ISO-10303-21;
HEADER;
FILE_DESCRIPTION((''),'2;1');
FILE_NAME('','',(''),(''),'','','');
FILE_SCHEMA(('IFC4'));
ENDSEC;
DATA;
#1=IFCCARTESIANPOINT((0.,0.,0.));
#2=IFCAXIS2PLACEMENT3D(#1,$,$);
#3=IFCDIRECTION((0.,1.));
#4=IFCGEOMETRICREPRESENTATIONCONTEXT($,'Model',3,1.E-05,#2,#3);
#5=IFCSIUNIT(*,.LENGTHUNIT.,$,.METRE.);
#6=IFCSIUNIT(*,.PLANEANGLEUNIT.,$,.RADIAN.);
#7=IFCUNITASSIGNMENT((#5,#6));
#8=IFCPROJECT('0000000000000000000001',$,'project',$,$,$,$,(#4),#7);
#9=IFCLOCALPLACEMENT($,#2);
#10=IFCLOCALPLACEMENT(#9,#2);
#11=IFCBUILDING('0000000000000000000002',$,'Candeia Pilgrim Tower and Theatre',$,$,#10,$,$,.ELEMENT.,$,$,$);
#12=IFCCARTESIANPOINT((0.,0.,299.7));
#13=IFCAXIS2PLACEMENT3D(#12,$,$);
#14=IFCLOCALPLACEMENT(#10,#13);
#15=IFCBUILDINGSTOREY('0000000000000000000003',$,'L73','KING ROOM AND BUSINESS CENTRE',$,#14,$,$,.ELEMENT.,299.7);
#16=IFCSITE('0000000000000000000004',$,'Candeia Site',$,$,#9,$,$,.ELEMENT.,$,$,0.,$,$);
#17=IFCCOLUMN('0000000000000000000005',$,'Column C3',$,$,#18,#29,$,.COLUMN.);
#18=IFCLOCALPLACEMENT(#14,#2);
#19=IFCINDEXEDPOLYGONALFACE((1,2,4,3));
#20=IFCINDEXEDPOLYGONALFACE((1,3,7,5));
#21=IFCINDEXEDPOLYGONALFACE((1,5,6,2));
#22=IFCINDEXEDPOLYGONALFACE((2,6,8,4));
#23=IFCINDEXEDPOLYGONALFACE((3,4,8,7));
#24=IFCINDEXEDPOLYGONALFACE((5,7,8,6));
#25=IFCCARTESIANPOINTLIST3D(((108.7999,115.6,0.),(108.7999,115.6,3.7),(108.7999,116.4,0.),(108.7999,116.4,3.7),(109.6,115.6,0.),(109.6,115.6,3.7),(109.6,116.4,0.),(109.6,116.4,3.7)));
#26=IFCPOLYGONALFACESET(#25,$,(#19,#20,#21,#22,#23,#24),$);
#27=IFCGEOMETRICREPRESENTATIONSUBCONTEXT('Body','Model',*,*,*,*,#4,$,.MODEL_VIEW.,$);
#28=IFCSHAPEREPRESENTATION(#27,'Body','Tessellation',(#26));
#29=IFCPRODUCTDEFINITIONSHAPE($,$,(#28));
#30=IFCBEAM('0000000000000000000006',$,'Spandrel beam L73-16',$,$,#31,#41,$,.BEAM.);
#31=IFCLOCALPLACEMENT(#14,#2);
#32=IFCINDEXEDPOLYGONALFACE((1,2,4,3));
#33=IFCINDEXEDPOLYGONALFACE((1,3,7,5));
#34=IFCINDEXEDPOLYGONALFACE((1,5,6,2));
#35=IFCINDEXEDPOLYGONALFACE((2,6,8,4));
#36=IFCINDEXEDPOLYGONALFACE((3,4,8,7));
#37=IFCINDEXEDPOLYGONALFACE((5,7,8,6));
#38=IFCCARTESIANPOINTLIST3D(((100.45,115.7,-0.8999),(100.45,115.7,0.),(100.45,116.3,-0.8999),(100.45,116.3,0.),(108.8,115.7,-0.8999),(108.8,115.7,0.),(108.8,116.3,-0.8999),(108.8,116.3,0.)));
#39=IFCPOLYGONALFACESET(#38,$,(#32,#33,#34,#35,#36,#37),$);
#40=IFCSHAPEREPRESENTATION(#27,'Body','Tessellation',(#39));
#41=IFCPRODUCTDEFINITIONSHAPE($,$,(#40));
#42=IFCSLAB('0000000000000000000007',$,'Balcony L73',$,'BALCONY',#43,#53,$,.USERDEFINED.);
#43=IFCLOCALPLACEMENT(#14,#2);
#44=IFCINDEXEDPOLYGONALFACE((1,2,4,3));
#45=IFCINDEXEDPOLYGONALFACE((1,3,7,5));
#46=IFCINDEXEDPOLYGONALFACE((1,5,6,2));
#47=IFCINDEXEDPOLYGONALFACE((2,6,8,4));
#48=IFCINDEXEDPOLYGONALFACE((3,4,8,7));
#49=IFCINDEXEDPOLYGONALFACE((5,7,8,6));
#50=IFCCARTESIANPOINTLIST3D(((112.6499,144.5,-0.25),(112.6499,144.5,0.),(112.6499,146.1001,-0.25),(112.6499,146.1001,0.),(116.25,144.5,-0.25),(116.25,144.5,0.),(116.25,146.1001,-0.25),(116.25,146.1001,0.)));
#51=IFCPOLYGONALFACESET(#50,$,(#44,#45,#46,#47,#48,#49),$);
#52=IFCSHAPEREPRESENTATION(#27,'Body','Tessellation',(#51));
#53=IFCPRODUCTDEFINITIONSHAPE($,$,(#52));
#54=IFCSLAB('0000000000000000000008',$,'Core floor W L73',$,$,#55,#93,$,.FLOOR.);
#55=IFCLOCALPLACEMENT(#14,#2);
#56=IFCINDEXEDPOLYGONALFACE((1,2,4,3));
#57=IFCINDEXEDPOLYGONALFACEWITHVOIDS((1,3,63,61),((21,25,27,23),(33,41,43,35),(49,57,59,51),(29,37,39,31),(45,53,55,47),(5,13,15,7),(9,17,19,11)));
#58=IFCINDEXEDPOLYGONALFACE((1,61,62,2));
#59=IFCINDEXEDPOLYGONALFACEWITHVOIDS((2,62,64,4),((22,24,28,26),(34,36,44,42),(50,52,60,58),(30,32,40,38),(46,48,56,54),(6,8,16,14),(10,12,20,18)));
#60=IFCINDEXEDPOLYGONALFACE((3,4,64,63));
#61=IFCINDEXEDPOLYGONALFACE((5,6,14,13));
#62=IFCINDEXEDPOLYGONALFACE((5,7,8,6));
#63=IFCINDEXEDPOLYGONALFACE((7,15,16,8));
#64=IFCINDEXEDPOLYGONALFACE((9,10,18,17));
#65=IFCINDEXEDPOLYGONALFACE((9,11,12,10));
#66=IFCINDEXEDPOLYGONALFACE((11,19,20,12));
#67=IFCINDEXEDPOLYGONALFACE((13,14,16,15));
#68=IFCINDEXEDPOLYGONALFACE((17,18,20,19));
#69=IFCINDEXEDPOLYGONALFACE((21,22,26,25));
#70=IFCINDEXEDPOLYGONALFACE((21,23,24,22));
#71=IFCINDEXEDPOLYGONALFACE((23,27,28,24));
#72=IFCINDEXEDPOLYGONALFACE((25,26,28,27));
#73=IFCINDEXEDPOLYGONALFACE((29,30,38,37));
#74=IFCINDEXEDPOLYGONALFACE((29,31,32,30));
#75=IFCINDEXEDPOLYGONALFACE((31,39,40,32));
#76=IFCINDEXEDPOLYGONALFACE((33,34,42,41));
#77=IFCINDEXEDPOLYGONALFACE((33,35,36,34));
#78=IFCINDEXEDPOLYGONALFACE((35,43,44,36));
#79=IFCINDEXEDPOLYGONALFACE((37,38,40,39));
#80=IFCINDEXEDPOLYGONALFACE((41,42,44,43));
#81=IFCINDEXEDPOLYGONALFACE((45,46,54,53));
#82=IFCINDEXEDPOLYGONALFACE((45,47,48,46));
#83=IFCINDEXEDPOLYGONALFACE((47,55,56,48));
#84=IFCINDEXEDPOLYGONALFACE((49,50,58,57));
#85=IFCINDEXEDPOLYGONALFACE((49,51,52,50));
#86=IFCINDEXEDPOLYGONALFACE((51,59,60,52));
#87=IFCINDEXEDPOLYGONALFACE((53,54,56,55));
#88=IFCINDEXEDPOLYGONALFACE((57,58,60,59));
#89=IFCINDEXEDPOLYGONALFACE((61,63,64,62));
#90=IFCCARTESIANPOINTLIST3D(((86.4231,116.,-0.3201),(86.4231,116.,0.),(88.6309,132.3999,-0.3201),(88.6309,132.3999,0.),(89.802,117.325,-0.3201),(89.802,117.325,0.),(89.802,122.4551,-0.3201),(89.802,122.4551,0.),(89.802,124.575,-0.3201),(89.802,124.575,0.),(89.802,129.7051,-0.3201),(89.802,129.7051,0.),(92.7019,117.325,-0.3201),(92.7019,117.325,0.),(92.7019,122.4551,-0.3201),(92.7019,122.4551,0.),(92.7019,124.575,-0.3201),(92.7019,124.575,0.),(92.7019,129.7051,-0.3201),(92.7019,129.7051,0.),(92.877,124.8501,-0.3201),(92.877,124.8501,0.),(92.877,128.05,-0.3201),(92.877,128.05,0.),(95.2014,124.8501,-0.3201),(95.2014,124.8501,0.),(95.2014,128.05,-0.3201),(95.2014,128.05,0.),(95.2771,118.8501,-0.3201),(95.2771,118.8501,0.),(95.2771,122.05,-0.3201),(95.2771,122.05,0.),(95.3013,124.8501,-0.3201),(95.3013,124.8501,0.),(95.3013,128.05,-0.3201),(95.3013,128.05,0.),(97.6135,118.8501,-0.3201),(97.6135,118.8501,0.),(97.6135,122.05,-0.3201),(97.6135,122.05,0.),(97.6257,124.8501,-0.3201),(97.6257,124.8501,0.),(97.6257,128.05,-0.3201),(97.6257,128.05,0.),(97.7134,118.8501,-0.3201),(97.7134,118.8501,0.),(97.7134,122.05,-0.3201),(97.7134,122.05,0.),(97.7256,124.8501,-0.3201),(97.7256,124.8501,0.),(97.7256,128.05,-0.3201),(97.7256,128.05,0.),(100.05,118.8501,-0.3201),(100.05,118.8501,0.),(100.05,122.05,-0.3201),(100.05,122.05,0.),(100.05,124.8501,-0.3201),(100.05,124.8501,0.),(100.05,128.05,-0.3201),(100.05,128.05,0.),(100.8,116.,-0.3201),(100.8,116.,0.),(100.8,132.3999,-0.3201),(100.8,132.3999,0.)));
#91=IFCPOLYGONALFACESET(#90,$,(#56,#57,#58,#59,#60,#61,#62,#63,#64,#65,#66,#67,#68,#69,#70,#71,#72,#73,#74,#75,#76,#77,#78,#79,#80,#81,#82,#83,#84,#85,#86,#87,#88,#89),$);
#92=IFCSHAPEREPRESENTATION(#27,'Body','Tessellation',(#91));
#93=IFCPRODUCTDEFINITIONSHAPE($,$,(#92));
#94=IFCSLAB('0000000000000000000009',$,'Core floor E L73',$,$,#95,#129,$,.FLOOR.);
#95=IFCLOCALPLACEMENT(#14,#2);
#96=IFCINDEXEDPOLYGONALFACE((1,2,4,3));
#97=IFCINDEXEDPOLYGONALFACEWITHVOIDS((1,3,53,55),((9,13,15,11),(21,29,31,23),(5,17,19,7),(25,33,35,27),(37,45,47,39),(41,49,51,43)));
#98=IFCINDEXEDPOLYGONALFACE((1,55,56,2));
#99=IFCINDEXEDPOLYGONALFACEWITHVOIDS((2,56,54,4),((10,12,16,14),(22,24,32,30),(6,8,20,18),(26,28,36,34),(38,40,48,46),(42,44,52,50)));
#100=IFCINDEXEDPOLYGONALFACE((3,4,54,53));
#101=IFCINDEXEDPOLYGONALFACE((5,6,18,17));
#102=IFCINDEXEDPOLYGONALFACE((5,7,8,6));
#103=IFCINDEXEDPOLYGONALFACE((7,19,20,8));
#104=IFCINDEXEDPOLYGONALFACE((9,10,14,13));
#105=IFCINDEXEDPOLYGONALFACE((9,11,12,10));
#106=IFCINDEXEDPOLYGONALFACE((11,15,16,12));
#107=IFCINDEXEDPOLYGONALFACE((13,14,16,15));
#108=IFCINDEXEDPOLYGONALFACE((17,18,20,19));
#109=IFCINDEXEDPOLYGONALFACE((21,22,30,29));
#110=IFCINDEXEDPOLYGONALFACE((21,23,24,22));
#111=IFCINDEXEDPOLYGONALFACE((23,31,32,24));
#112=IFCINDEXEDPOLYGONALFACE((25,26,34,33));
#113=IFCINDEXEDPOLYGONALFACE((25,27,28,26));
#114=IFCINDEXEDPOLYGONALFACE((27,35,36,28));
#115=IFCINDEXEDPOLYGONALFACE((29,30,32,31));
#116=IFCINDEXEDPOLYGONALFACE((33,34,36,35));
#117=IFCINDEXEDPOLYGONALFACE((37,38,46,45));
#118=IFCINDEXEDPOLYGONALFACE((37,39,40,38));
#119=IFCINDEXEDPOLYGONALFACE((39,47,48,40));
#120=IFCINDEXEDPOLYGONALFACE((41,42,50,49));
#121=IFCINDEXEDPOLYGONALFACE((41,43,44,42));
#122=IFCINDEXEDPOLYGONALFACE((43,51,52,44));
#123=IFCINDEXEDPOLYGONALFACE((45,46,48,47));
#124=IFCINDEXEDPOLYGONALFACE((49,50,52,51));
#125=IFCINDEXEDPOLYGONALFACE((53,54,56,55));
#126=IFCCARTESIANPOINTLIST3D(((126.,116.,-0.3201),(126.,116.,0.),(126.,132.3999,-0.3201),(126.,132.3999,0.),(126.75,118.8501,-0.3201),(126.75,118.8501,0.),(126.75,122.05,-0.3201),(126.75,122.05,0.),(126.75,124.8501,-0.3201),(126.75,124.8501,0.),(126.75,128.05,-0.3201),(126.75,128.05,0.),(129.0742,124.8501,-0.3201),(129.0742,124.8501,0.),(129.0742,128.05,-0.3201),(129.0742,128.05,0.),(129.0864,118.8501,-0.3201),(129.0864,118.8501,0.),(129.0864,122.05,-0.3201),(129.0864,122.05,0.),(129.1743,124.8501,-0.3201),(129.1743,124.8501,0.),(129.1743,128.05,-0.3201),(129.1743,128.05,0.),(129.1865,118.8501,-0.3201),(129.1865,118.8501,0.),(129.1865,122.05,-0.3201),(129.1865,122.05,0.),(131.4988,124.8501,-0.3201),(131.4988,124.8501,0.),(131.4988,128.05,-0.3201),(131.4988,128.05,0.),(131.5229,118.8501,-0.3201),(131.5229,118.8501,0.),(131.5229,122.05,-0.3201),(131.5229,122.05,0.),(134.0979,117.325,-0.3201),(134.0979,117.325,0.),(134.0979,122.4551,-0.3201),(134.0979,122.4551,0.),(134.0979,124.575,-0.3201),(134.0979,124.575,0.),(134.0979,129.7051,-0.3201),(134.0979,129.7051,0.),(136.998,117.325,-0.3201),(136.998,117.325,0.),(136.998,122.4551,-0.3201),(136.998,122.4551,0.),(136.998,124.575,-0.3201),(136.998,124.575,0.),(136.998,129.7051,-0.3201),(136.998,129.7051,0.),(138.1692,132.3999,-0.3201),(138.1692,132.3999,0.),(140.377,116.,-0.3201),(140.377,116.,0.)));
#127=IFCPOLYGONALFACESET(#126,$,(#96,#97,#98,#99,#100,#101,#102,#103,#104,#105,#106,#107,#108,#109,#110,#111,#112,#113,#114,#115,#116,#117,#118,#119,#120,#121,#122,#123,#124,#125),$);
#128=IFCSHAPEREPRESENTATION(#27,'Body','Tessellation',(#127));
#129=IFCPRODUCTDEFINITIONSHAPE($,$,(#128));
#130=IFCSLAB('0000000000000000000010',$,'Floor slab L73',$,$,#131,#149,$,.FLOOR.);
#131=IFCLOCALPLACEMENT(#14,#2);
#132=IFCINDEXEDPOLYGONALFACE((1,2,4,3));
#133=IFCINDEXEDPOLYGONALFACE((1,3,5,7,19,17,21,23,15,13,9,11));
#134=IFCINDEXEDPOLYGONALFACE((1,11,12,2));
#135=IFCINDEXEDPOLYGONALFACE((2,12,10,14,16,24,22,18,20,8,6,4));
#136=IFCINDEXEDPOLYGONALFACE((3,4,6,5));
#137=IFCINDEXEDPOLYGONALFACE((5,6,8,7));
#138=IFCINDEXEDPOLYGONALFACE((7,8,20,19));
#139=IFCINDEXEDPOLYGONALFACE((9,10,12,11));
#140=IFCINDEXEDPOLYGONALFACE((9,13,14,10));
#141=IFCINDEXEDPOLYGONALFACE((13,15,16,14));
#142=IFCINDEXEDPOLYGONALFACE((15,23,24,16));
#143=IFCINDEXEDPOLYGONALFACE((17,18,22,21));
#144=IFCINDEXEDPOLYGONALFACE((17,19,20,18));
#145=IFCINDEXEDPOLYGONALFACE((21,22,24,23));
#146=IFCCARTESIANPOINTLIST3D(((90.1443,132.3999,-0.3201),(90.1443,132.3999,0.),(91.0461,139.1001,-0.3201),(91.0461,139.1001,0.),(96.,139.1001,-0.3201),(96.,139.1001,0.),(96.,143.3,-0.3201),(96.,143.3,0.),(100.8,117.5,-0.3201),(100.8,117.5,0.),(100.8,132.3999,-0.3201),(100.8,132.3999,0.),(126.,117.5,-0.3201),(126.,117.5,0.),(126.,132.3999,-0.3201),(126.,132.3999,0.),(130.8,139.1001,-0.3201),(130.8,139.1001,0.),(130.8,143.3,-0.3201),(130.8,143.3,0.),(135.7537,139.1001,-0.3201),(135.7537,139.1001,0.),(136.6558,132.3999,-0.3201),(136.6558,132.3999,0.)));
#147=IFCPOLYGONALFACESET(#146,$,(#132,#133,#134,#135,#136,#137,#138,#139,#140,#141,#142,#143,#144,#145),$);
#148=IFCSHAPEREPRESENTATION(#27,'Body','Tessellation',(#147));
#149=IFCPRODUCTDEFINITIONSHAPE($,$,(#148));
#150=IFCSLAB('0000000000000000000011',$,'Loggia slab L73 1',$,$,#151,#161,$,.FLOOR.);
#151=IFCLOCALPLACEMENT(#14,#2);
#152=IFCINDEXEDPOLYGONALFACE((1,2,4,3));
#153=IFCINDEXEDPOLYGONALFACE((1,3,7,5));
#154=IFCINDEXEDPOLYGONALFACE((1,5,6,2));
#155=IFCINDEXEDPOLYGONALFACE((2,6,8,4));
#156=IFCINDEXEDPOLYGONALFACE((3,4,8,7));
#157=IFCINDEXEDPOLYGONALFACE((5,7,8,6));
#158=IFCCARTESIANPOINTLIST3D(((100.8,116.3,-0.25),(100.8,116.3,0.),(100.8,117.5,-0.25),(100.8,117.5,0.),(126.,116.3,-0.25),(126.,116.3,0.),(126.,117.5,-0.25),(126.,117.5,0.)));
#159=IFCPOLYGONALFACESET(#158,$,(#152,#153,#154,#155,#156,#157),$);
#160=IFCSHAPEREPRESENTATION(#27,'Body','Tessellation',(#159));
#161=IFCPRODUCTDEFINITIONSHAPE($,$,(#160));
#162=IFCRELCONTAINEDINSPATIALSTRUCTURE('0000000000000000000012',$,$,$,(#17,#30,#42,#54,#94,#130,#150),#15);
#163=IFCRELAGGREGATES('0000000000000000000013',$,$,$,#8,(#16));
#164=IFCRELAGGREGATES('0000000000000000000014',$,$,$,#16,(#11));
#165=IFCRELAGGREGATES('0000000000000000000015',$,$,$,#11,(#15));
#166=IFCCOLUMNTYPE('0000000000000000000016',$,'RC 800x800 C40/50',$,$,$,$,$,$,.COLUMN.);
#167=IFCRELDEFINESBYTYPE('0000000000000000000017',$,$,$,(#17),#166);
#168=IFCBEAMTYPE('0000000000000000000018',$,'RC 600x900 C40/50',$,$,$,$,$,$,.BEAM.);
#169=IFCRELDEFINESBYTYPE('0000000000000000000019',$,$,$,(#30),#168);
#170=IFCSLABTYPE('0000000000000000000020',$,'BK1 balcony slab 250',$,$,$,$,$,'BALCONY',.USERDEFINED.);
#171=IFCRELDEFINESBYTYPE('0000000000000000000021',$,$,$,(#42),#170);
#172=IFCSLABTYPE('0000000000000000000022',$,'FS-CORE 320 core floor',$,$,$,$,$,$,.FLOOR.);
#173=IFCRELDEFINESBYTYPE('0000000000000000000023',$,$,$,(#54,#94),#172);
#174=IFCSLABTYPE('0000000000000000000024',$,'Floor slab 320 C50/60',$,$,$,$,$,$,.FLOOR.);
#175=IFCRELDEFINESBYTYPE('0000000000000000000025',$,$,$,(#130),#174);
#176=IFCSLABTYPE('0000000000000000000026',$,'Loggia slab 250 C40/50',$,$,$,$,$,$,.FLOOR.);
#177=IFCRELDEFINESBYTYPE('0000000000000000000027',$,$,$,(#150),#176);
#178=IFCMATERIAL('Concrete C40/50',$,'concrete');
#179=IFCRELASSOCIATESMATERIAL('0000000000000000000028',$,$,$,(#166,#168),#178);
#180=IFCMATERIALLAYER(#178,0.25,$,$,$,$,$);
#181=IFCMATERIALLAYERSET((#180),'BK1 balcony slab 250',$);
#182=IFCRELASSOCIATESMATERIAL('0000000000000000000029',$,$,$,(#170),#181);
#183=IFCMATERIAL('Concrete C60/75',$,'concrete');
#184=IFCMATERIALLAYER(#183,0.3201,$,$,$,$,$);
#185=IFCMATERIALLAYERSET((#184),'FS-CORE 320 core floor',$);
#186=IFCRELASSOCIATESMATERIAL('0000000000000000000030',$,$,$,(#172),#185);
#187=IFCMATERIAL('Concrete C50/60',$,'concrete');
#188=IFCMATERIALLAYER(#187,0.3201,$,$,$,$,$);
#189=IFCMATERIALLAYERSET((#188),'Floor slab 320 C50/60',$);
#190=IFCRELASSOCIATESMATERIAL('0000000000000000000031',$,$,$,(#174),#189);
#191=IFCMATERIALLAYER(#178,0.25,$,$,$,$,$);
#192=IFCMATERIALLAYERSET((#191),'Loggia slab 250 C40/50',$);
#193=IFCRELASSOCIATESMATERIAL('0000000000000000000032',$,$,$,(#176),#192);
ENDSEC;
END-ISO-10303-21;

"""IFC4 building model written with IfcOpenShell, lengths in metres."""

from ifc_helpers import new_model, si_unit, direction, frame, origin, origin_2d, place, context, subcontext, project, spatial, polyline, rectangle, outline, extrude, material, layer, layer_set, material_profile, profile_set, type_object, element, save


model = new_model("IFC4")

# Units and contexts
model_context = context("Model", 3, precision=1e-05, world=origin(), true_north=direction((0.0, 1.0)))
body_context = subcontext(model_context, "Body", "Model", "MODEL_VIEW")
ifc_project = project(units=[si_unit("LENGTHUNIT", "METRE"), si_unit("PLANEANGLEUNIT", "RADIAN")], contexts=[model_context])

# Site, building, storey
site_placement = place(None, origin())
site = spatial("IfcSite", under=ifc_project, at=site_placement, Name="Candeia Site", CompositionType="ELEMENT", RefElevation=0.0)
building_placement = place(site_placement, origin())
building = spatial("IfcBuilding", under=site, at=building_placement, Name="Candeia Pilgrim Tower and Theatre", CompositionType="ELEMENT")
storey_placement = place(building_placement, frame((0.0, 0.0, 299.7)))
storey = spatial("IfcBuildingStorey", under=building, at=storey_placement, Name="L73", Description="KING ROOM AND BUSINESS CENTRE", CompositionType="ELEMENT", Elevation=299.7)

# Column
ifc_material_1 = material(Name="Concrete C40/50", Category="concrete")
ifc_material_profile_1 = material_profile(ifc_material_1, rectangle(XDim=0.8, YDim=0.8, at=origin_2d()))
ifc_profile_set_1 = profile_set([ifc_material_profile_1], Name="Concrete C40/50")
column_type = type_object("IfcColumnType", Name="RC 800x800 C40/50", PredefinedType="COLUMN", material=ifc_profile_set_1)
column_placement = place(storey_placement, frame((109.2, 116.0, 0.0), z_axis=(0.0, 0.0, 1.0), x_axis=(1.0, 0.0, 0.0)))
element("IfcColumn", 1, at=column_placement, inside=storey, type_object=column_type, Name="Column C3", PredefinedType="COLUMN", context=body_context, shape_type="SweptSolid", body=[
    extrude(rectangle(XDim=0.8, YDim=0.8, at=origin_2d()), origin(), (0.0, 0.0, 1.0), 3.7),
])

# Beam
ifc_material_profile_2 = material_profile(ifc_material_1, rectangle(XDim=0.6001, YDim=0.8999, at=origin_2d()))
ifc_profile_set_2 = profile_set([ifc_material_profile_2], Name="Concrete C40/50")
beam_type = type_object("IfcBeamType", Name="RC 600x900 C40/50", PredefinedType="BEAM", material=ifc_profile_set_2)
beam_placement = place(storey_placement, frame((108.8, 116.0, -0.45), z_axis=(-1.0, 0.0, 0.0), x_axis=(0.0, -1.0, 0.0)))
element("IfcBeam", 2, at=beam_placement, inside=storey, type_object=beam_type, Name="Spandrel beam L73-16", PredefinedType="BEAM", context=body_context, shape_type="SweptSolid", body=[
    extrude(rectangle(XDim=0.6001, YDim=0.8999, at=origin_2d()), origin(), (0.0, 0.0, 1.0), 8.3501),
])

# Slabs
ifc_layer_1 = layer(ifc_material_1, 0.25)
ifc_layer_set_1 = layer_set([ifc_layer_1], Name="BK1 balcony slab 250")
slab_type_1 = type_object("IfcSlabType", Name="BK1 balcony slab 250", ElementType="BALCONY", PredefinedType="USERDEFINED", material=ifc_layer_set_1)
slab_1_placement = place(storey_placement, frame((0.0, 0.0, -0.25)))
element("IfcSlab", 3, at=slab_1_placement, inside=storey, type_object=slab_type_1, Name="Balcony L73", ObjectType="BALCONY", PredefinedType="USERDEFINED", context=body_context, shape_type="SweptSolid", body=[
    extrude(outline(polyline([(112.6499, 144.5), (116.25, 144.5), (116.25, 146.1001), (112.6499, 146.1001), (112.6499, 144.5)])), origin(), (0.0, 0.0, 1.0), 0.25),
])
ifc_material_2 = material(Name="Concrete C60/75", Category="concrete")
ifc_layer_2 = layer(ifc_material_2, 0.3201)
ifc_layer_set_2 = layer_set([ifc_layer_2], Name="FS-CORE 320 core floor")
slab_type_2 = type_object("IfcSlabType", Name="FS-CORE 320 core floor", PredefinedType="FLOOR", material=ifc_layer_set_2)
slab_2_placement = place(storey_placement, frame((0.0, 0.0, -0.3201)))
element("IfcSlab", 4, at=slab_2_placement, inside=storey, type_object=slab_type_2, Name="Core floor W L73", PredefinedType="FLOOR", context=body_context, shape_type="SweptSolid", body=[
    extrude(outline(polyline([(100.8, 132.3999), (100.8, 116.0), (86.4231, 116.0), (88.6309, 132.3999), (100.8, 132.3999)]), holes=[polyline([(97.7134, 122.05), (97.7134, 118.8501), (100.05, 118.8501), (100.05, 122.05), (97.7134, 122.05)]), polyline([(97.7256, 128.05), (97.7256, 124.8501), (100.05, 124.8501), (100.05, 128.05), (97.7256, 128.05)]), polyline([(95.3013, 128.05), (95.3013, 124.8501), (97.6257, 124.8501), (97.6257, 128.05), (95.3013, 128.05)]), polyline([(95.2771, 122.05), (95.2771, 118.8501), (97.6135, 118.8501), (97.6135, 122.05), (95.2771, 122.05)]), polyline([(92.877, 128.05), (92.877, 124.8501), (95.2014, 124.8501), (95.2014, 128.05), (92.877, 128.05)]), polyline([(89.802, 117.325), (92.7019, 117.325), (92.7019, 122.4551), (89.802, 122.4551), (89.802, 117.325)]), polyline([(89.802, 129.7051), (89.802, 124.575), (92.7019, 124.575), (92.7019, 129.7051), (89.802, 129.7051)])]), origin(), (0.0, 0.0, 1.0), 0.3201),
])
slab_3_placement = place(storey_placement, frame((0.0, 0.0, -0.3201)))
element("IfcSlab", 5, at=slab_3_placement, inside=storey, type_object=slab_type_2, Name="Core floor E L73", PredefinedType="FLOOR", context=body_context, shape_type="SweptSolid", body=[
    extrude(outline(polyline([(138.1692, 132.3999), (140.377, 116.0), (126.0, 116.0), (126.0, 132.3999), (138.1692, 132.3999)]), holes=[polyline([(134.0979, 117.325), (136.998, 117.325), (136.998, 122.4551), (134.0979, 122.4551), (134.0979, 117.325)]), polyline([(134.0979, 129.7051), (134.0979, 124.575), (136.998, 124.575), (136.998, 129.7051), (134.0979, 129.7051)]), polyline([(131.5229, 122.05), (129.1865, 122.05), (129.1865, 118.8501), (131.5229, 118.8501), (131.5229, 122.05)]), polyline([(131.4988, 128.05), (129.1743, 128.05), (129.1743, 124.8501), (131.4988, 124.8501), (131.4988, 128.05)]), polyline([(129.0864, 122.05), (126.75, 122.05), (126.75, 118.8501), (129.0864, 118.8501), (129.0864, 122.05)]), polyline([(126.75, 128.05), (126.75, 124.8501), (129.0742, 124.8501), (129.0742, 128.05), (126.75, 128.05)])]), origin(), (0.0, 0.0, 1.0), 0.3201),
])
ifc_material_3 = material(Name="Concrete C50/60", Category="concrete")
ifc_layer_3 = layer(ifc_material_3, 0.3201)
ifc_layer_set_3 = layer_set([ifc_layer_3], Name="Floor slab 320 C50/60")
slab_type_3 = type_object("IfcSlabType", Name="Floor slab 320 C50/60", PredefinedType="FLOOR", material=ifc_layer_set_3)
slab_4_placement = place(storey_placement, frame((0.0, 0.0, -0.3201)))
element("IfcSlab", 6, at=slab_4_placement, inside=storey, type_object=slab_type_3, Name="Floor slab L73", PredefinedType="FLOOR", context=body_context, shape_type="SweptSolid", body=[
    extrude(outline(polyline([(96.0, 139.1001), (96.0, 143.3), (130.8, 143.3), (130.8, 139.1001), (135.7537, 139.1001), (136.6558, 132.3999), (126.0, 132.3999), (126.0, 117.5), (100.8, 117.5), (100.8, 132.3999), (90.1443, 132.3999), (91.0461, 139.1001), (96.0, 139.1001)])), origin(), (0.0, 0.0, 1.0), 0.3201),
])
ifc_layer_4 = layer(ifc_material_1, 0.25)
ifc_layer_set_4 = layer_set([ifc_layer_4], Name="Loggia slab 250 C40/50")
slab_type_4 = type_object("IfcSlabType", Name="Loggia slab 250 C40/50", PredefinedType="FLOOR", material=ifc_layer_set_4)
slab_5_placement = place(storey_placement, frame((0.0, 0.0, -0.25)))
element("IfcSlab", 7, at=slab_5_placement, inside=storey, type_object=slab_type_4, Name="Loggia slab L73 1", PredefinedType="FLOOR", context=body_context, shape_type="SweptSolid", body=[
    extrude(outline(polyline([(100.8, 117.5), (126.0, 117.5), (126.0, 116.3), (100.8, 116.3), (100.8, 117.5)])), origin(), (0.0, 0.0, 1.0), 0.25),
])

save(model, "model.ifc")
